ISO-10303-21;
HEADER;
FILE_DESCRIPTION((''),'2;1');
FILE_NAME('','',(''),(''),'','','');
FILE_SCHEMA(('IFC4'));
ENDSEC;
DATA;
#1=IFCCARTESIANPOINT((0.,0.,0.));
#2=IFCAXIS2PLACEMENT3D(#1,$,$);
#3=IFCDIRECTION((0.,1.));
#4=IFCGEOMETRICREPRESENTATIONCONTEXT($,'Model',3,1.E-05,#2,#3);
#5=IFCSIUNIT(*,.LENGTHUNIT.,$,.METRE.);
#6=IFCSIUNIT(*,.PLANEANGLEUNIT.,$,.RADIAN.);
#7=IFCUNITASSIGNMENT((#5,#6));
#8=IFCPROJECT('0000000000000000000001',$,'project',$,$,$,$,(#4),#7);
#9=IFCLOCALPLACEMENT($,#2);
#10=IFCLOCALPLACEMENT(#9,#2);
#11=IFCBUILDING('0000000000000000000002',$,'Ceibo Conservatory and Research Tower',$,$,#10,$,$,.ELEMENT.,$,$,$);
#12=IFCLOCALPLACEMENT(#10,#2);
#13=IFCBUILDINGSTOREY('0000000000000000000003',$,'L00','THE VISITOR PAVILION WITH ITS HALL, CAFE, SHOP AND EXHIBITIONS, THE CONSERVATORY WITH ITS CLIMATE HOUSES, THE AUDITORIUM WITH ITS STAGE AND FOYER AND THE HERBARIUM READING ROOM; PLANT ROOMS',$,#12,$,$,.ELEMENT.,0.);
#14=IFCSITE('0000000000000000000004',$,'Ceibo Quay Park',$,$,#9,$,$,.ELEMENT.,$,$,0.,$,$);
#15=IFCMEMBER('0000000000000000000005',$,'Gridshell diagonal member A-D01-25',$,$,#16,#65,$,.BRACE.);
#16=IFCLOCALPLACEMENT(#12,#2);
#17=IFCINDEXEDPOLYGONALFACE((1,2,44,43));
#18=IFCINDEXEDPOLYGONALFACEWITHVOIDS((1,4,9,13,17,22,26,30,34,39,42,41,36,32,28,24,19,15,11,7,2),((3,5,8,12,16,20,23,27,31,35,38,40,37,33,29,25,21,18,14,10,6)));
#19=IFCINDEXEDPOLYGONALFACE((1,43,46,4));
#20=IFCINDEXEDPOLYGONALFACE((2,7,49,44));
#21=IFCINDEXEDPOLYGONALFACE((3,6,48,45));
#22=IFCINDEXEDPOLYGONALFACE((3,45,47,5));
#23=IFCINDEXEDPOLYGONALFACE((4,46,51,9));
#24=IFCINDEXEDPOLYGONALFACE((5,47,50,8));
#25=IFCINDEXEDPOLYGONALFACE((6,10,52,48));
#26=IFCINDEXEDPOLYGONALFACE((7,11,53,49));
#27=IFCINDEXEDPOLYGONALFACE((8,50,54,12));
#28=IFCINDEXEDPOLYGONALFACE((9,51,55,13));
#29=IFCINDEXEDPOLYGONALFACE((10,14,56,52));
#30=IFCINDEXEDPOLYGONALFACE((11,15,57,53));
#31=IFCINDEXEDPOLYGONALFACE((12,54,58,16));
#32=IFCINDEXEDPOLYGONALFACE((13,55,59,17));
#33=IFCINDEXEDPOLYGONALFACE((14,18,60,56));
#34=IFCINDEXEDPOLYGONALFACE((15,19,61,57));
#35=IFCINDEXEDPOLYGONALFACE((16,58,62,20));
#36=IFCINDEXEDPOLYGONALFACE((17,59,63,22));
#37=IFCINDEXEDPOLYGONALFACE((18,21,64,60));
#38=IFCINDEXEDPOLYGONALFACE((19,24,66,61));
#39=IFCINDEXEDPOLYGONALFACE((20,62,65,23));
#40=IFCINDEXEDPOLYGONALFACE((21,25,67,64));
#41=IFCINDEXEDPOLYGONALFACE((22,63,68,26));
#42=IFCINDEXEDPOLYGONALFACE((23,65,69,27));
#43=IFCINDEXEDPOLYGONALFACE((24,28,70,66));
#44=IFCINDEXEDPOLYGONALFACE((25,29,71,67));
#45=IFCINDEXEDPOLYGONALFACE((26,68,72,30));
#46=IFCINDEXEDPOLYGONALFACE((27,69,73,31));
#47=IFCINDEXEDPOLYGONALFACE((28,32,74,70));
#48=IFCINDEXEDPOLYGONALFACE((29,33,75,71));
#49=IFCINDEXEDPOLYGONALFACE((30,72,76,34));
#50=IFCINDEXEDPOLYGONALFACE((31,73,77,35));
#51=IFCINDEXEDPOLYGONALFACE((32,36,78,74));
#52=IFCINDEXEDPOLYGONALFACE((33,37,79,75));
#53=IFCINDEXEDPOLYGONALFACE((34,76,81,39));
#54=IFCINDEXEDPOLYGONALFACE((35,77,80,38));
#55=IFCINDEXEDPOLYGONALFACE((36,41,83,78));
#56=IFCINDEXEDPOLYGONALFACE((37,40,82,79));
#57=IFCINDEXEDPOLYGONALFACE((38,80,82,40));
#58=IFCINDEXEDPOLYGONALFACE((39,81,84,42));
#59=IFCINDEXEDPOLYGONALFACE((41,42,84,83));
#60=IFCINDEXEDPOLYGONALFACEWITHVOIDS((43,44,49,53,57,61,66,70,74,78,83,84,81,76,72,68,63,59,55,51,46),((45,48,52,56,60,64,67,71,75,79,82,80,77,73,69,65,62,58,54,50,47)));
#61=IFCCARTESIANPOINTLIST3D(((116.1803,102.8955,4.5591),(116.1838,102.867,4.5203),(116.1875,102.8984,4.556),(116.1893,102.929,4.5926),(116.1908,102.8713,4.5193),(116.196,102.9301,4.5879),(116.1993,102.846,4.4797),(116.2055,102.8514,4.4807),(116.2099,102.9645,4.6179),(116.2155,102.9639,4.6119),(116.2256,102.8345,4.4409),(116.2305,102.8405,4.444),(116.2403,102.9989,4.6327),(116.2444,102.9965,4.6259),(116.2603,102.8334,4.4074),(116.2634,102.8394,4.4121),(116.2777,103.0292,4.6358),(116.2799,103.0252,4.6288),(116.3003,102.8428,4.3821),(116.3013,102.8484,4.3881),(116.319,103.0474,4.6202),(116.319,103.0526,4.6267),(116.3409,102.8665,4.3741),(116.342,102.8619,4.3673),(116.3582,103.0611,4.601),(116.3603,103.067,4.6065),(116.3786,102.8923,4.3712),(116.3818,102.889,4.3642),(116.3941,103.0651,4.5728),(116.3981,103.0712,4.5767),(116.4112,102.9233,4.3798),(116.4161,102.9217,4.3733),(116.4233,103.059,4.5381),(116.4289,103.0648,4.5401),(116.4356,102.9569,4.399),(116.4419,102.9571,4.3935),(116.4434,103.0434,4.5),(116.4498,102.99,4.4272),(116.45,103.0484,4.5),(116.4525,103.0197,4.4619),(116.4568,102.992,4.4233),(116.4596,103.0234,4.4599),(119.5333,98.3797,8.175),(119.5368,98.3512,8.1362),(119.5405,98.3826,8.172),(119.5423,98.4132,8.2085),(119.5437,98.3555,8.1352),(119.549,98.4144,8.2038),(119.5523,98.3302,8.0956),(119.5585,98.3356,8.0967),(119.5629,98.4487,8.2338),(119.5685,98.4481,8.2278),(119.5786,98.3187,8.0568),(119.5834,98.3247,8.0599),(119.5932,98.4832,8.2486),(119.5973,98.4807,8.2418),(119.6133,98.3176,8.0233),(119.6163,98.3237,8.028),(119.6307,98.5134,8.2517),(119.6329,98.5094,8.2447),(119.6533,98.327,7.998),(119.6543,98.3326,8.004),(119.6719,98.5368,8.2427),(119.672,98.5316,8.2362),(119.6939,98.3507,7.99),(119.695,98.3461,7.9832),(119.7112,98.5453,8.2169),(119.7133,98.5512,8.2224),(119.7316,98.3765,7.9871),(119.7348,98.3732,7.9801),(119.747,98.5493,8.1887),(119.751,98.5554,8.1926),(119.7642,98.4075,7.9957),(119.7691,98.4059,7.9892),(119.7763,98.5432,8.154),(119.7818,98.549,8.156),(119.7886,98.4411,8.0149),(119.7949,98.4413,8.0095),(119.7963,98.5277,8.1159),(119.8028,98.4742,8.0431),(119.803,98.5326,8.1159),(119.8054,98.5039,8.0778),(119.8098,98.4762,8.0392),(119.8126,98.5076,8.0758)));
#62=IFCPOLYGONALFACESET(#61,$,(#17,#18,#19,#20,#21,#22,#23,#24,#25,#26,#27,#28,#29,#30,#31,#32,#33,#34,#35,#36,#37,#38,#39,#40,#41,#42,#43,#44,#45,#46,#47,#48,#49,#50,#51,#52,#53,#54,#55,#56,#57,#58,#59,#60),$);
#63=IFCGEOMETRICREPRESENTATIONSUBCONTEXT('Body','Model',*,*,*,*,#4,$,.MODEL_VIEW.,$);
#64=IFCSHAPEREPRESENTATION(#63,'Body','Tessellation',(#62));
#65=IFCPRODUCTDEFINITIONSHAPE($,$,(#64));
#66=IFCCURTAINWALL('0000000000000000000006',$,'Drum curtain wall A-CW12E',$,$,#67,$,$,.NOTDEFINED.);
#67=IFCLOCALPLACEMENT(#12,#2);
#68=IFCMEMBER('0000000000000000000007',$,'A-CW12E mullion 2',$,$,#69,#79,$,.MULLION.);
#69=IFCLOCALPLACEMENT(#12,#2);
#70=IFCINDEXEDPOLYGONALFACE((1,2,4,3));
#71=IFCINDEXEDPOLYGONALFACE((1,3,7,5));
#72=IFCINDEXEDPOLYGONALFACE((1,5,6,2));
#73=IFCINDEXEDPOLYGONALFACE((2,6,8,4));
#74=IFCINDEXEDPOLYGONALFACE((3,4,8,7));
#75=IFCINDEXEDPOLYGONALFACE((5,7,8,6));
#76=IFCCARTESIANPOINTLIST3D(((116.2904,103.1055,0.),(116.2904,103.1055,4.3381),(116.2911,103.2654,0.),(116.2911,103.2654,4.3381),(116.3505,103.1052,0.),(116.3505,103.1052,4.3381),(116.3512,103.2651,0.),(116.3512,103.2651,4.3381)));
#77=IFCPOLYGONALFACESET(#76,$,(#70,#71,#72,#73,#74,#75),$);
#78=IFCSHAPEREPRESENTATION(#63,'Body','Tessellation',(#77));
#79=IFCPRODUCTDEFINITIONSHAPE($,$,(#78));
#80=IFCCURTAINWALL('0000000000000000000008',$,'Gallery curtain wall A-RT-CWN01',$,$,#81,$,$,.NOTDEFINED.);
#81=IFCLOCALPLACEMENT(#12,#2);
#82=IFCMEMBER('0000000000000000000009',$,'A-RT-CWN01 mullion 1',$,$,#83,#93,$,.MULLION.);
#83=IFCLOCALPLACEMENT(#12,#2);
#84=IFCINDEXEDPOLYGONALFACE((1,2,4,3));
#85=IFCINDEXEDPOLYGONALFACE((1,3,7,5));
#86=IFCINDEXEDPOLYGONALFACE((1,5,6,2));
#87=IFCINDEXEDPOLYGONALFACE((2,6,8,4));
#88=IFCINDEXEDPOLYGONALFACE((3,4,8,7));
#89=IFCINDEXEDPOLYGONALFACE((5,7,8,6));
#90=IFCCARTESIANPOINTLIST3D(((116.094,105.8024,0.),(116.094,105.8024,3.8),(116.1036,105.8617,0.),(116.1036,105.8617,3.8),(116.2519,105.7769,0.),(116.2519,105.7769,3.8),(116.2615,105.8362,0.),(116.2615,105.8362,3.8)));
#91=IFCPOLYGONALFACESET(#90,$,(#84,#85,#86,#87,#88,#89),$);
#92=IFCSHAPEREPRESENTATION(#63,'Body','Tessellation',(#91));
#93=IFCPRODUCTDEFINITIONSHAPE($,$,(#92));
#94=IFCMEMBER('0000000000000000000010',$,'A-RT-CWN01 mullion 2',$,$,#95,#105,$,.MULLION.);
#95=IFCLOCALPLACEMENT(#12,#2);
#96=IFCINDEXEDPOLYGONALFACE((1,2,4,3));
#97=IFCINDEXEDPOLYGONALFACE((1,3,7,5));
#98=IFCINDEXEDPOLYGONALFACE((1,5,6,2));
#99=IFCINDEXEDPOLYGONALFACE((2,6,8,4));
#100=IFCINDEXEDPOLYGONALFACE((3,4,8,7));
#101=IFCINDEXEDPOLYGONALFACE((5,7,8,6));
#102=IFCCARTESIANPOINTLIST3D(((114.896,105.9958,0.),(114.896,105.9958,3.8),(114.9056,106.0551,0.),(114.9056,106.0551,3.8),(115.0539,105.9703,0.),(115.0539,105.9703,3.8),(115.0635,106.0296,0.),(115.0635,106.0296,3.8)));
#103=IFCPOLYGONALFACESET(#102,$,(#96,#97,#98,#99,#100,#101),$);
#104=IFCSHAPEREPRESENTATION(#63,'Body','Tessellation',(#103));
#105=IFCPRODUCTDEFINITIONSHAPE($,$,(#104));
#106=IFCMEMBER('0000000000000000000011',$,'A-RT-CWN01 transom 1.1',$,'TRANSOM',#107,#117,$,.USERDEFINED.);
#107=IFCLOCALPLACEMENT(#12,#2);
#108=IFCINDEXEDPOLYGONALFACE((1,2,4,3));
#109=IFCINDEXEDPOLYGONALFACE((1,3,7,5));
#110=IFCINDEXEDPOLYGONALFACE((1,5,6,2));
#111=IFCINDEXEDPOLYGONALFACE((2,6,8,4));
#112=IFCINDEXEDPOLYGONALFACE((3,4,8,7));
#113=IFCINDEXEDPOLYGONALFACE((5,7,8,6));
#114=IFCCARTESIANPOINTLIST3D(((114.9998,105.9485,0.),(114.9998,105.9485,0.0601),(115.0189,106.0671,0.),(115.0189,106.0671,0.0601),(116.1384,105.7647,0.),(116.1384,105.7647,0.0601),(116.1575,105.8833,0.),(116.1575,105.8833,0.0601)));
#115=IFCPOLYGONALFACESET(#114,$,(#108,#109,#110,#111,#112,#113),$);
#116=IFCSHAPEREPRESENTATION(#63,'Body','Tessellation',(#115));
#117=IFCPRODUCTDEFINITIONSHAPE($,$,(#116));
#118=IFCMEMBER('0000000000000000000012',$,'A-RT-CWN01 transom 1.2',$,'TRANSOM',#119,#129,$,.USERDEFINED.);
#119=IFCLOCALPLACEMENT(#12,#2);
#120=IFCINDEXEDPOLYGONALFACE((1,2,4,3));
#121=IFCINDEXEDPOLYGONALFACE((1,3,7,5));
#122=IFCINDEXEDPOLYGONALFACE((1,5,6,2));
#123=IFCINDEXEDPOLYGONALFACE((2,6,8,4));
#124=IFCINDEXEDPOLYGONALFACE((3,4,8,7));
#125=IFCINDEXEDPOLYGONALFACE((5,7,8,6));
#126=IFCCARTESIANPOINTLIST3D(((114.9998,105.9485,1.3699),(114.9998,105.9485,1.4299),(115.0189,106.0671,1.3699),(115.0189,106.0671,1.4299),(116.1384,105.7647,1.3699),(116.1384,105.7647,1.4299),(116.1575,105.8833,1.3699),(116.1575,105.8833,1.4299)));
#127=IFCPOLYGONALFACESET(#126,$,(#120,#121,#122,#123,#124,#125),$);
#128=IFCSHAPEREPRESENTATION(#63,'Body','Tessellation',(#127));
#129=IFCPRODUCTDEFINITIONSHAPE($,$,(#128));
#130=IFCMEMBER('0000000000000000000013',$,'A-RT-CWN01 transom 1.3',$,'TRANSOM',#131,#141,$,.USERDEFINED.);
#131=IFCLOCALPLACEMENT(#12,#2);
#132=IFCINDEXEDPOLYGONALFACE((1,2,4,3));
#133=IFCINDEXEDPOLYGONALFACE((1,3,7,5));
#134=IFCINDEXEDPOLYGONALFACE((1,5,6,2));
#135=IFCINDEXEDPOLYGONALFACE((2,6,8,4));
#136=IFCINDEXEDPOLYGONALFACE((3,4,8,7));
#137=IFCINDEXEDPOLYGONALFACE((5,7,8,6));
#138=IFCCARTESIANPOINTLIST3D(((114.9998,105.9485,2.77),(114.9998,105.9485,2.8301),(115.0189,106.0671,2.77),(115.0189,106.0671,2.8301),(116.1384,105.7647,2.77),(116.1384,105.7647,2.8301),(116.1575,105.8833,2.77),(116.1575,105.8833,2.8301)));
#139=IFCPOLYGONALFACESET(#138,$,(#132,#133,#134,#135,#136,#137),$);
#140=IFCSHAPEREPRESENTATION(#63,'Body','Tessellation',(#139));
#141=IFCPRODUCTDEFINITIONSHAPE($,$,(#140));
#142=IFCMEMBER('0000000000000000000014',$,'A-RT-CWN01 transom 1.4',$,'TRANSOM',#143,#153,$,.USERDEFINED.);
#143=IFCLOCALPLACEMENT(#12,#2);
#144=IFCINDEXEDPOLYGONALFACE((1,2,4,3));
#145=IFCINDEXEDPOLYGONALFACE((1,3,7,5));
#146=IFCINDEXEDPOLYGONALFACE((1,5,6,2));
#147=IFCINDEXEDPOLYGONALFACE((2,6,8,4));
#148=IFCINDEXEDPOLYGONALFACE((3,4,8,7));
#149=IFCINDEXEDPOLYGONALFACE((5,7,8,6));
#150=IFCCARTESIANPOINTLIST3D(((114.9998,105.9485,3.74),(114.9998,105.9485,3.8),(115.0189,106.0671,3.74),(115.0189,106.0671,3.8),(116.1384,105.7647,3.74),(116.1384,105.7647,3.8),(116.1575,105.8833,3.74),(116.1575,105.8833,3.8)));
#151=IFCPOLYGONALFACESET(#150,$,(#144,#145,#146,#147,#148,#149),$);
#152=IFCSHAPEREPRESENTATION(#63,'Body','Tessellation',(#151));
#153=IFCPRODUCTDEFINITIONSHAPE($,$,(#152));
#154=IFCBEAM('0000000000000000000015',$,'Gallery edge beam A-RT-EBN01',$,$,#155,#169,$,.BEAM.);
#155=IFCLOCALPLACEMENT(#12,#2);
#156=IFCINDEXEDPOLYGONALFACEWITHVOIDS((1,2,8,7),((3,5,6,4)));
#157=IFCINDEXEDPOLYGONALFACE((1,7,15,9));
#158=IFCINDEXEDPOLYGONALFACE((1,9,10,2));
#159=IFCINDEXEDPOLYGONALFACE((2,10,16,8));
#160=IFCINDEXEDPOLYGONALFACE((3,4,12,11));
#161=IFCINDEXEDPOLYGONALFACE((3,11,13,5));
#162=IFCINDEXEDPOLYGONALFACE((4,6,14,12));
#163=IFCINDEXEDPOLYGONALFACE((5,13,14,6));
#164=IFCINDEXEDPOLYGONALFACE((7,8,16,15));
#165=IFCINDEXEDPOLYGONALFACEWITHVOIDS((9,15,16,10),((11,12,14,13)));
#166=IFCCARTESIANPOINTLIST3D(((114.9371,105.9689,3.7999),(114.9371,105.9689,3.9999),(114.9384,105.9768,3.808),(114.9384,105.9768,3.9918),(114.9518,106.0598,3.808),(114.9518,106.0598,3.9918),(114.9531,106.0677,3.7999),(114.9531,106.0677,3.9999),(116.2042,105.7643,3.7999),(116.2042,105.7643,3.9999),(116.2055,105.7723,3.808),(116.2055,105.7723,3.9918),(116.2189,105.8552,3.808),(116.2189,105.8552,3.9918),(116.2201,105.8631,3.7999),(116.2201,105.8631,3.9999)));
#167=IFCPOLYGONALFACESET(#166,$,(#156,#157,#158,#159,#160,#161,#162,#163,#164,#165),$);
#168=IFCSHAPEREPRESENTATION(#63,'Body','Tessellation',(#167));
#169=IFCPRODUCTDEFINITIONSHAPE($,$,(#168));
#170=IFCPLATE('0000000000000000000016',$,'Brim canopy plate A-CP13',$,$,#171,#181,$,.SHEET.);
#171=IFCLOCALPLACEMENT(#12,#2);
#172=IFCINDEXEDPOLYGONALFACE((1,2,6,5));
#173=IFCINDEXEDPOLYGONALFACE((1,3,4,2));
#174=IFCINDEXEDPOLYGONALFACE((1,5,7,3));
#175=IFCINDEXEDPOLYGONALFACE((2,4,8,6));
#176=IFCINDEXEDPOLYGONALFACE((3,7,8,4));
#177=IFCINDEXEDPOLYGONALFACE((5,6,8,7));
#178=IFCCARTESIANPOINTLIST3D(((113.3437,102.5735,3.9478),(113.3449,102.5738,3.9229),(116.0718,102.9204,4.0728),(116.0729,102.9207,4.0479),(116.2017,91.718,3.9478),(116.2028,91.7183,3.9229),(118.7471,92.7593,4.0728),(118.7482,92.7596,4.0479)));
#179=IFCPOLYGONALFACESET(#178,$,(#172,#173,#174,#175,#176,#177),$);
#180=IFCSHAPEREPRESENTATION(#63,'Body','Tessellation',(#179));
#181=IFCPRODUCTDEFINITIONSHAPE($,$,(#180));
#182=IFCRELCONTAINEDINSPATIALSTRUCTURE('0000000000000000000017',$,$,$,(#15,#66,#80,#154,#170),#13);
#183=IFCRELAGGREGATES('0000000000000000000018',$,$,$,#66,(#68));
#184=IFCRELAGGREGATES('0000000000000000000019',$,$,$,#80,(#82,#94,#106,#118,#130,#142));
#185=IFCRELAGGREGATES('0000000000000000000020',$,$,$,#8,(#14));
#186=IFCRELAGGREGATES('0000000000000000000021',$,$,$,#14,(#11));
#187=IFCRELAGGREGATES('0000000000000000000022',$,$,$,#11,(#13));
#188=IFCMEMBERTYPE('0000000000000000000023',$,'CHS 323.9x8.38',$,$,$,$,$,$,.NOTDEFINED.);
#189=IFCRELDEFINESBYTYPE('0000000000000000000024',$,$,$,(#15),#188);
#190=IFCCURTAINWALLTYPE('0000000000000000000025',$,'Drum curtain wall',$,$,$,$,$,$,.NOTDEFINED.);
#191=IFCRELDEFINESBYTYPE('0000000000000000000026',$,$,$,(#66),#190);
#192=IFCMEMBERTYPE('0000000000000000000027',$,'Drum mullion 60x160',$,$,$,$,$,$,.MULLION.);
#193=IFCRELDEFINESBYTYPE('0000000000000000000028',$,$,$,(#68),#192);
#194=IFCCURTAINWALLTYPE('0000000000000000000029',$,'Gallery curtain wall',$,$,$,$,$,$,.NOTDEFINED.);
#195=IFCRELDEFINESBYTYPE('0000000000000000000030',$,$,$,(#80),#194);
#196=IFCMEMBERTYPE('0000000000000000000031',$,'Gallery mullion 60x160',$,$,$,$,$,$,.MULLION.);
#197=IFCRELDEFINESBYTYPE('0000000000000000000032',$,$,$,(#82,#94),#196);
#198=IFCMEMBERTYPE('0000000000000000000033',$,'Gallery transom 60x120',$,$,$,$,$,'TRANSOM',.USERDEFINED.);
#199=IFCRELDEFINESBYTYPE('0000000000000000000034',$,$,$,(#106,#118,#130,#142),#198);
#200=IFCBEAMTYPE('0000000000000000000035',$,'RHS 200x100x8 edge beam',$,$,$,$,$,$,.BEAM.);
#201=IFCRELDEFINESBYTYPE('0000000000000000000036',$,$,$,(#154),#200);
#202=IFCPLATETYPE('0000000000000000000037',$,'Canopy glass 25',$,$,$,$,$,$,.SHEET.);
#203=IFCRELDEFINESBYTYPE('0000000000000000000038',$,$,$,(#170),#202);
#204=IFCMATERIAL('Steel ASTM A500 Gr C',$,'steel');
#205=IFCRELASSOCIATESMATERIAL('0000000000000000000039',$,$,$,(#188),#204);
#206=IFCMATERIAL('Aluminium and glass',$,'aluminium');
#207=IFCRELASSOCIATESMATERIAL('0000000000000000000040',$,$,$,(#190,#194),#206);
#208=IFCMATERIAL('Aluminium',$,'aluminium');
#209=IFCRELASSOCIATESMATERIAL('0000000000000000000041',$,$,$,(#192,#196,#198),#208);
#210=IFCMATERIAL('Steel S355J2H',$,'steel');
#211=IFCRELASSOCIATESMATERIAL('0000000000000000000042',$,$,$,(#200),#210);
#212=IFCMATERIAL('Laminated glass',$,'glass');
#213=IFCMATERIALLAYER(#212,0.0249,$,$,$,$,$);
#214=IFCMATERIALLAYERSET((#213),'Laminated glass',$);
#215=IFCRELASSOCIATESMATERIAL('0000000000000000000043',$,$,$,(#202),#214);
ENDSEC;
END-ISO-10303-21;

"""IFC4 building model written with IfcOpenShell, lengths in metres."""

from ifc_helpers import new_model, si_unit, direction, frame, origin, origin_2d, place, context, subcontext, project, spatial, polyline, rectangle, hollow_rectangle, hollow_circle, outline, extrude, material, layer, layer_set, material_profile, profile_set, type_object, element, aggregate, save


model = new_model("IFC4")

# Units and contexts
model_context = context("Model", 3, precision=1e-05, world=origin(), true_north=direction((0.0, 1.0)))
body_context = subcontext(model_context, "Body", "Model", "MODEL_VIEW")
ifc_project = project(units=[si_unit("LENGTHUNIT", "METRE"), si_unit("PLANEANGLEUNIT", "RADIAN")], contexts=[model_context])

# Site, building, storey
site_placement = place(None, origin())
site = spatial("IfcSite", under=ifc_project, at=site_placement, Name="Ceibo Quay Park", CompositionType="ELEMENT", RefElevation=0.0)
building_placement = place(site_placement, origin())
building = spatial("IfcBuilding", under=site, at=building_placement, Name="Ceibo Conservatory and Research Tower", CompositionType="ELEMENT")
storey_placement = place(building_placement, origin())
storey = spatial("IfcBuildingStorey", under=building, at=storey_placement, Name="L00", Description="THE VISITOR PAVILION WITH ITS HALL, CAFE, SHOP AND EXHIBITIONS, THE CONSERVATORY WITH ITS CLIMATE HOUSES, THE AUDITORIUM WITH ITS STAGE AND FOYER AND THE HERBARIUM READING ROOM; PLANT ROOMS", CompositionType="ELEMENT", Elevation=0.0)

# Shared definitions
ifc_material_1 = material(Name="Steel ASTM A500 Gr C", Category="steel")

# Member
ifc_material_2 = material(Name="Steel S355J2H", Category="steel")
ifc_material_profile_1 = material_profile(ifc_material_1, hollow_circle(Radius=0.1619, WallThickness=0.0083, at=origin_2d()), Name="CHS 323.9x8.38")
ifc_profile_set_1 = profile_set([ifc_material_profile_1], Name="Steel ASTM A500 Gr C")
member_type_1 = type_object("IfcMemberType", Name="CHS 323.9x8.38", PredefinedType="NOTDEFINED", material=ifc_profile_set_1)
member_1_placement = place(storey_placement, frame((116.3201, 102.9519, 4.5), z_axis=(0.501452, -0.675358, 0.540775), x_axis=(0.802882, 0.596139, 0.0)))
element("IfcMember", 1, at=member_1_placement, inside=storey, type_object=member_type_1, Name="Gridshell diagonal member A-D01-25", PredefinedType="BRACE", context=body_context, shape_type="SweptSolid", body=[
    extrude(hollow_circle(Radius=0.1619, WallThickness=0.0083, at=origin_2d()), origin(), (0.0, 0.0, 1.0), 6.6865),
])

# Curtain wall, member
ifc_material_3 = material(Name="Aluminium and glass", Category="aluminium")
curtain_wall_type_1 = type_object("IfcCurtainWallType", Name="Drum curtain wall", PredefinedType="NOTDEFINED", material=ifc_material_3)
curtain_wall_1_placement = place(storey_placement, origin())
curtain_wall_1 = element("IfcCurtainWall", 2, at=curtain_wall_1_placement, inside=storey, type_object=curtain_wall_type_1, Name="Drum curtain wall A-CW12E", PredefinedType="NOTDEFINED")
ifc_material_4 = material(Name="Aluminium", Category="aluminium")
ifc_material_profile_2 = material_profile(ifc_material_4, rectangle(XDim=0.0601, YDim=0.1599, at=origin_2d()), Name="AL 60x160")
ifc_profile_set_2 = profile_set([ifc_material_profile_2], Name="Aluminium")
member_type_2 = type_object("IfcMemberType", Name="Drum mullion 60x160", PredefinedType="MULLION", material=ifc_profile_set_2)
member_2_placement = place(storey_placement, frame((116.3208, 103.1853, 0.0), z_axis=(0.0, 0.0, 1.0), x_axis=(0.99999, -0.004363, 0.0)))
member_2 = element("IfcMember", 3, at=member_2_placement, type_object=member_type_2, Name="A-CW12E mullion 2", PredefinedType="MULLION", context=body_context, shape_type="SweptSolid", body=[
    extrude(rectangle(XDim=0.0601, YDim=0.1599, at=origin_2d()), origin(), (0.0, 0.0, 1.0), 4.3381),
])
aggregate(curtain_wall_1, [member_2])

# Curtain wall, members
curtain_wall_type_2 = type_object("IfcCurtainWallType", Name="Gallery curtain wall", PredefinedType="NOTDEFINED", material=ifc_material_3)
curtain_wall_2_placement = place(storey_placement, origin())
curtain_wall_2 = element("IfcCurtainWall", 4, at=curtain_wall_2_placement, inside=storey, type_object=curtain_wall_type_2, Name="Gallery curtain wall A-RT-CWN01", PredefinedType="NOTDEFINED")
ifc_material_profile_3 = material_profile(ifc_material_4, rectangle(XDim=0.0601, YDim=0.1599, at=origin_2d()), Name="AL 60x160")
ifc_profile_set_3 = profile_set([ifc_material_profile_3], Name="Aluminium")
member_type_3 = type_object("IfcMemberType", Name="Gallery mullion 60x160", PredefinedType="MULLION", material=ifc_profile_set_3)
member_3_placement = place(storey_placement, frame((116.1777, 105.8193, 0.0), z_axis=(0.0, 0.0, 1.0), x_axis=(-0.159391, -0.987216, 0.0)))
member_3 = element("IfcMember", 5, at=member_3_placement, type_object=member_type_3, Name="A-RT-CWN01 mullion 1", PredefinedType="MULLION", context=body_context, shape_type="SweptSolid", body=[
    extrude(rectangle(XDim=0.0601, YDim=0.1599, at=origin_2d()), origin(), (0.0, 0.0, 1.0), 3.8),
])
member_4_placement = place(storey_placement, frame((114.9797, 106.0127, 0.0), z_axis=(0.0, 0.0, 1.0), x_axis=(-0.159391, -0.987216, 0.0)))
member_4 = element("IfcMember", 6, at=member_4_placement, type_object=member_type_3, Name="A-RT-CWN01 mullion 2", PredefinedType="MULLION", context=body_context, shape_type="SweptSolid", body=[
    extrude(rectangle(XDim=0.0601, YDim=0.1599, at=origin_2d()), origin(), (0.0, 0.0, 1.0), 3.8),
])
ifc_material_profile_4 = material_profile(ifc_material_4, rectangle(XDim=0.1201, YDim=0.0601, at=origin_2d()), Name="AL 60x120")
ifc_profile_set_4 = profile_set([ifc_material_profile_4], Name="Aluminium")
member_type_4 = type_object("IfcMemberType", Name="Gallery transom 60x120", ElementType="TRANSOM", PredefinedType="USERDEFINED", material=ifc_profile_set_4)
member_5_placement = place(storey_placement, frame((116.1479, 105.824, 0.03), z_axis=(-0.987216, 0.159385, 0.0), x_axis=(-0.159385, -0.987216, 0.0)))
member_5 = element("IfcMember", 7, at=member_5_placement, type_object=member_type_4, Name="A-RT-CWN01 transom 1.1", ObjectType="TRANSOM", PredefinedType="USERDEFINED", context=body_context, shape_type="SweptSolid", body=[
    extrude(rectangle(XDim=0.1201, YDim=0.0601, at=origin_2d()), origin(), (0.0, 0.0, 1.0), 1.1533),
])
member_6_placement = place(storey_placement, frame((116.1479, 105.824, 1.3999), z_axis=(-0.987216, 0.159385, 0.0), x_axis=(-0.159385, -0.987216, 0.0)))
member_6 = element("IfcMember", 8, at=member_6_placement, type_object=member_type_4, Name="A-RT-CWN01 transom 1.2", ObjectType="TRANSOM", PredefinedType="USERDEFINED", context=body_context, shape_type="SweptSolid", body=[
    extrude(rectangle(XDim=0.1201, YDim=0.0601, at=origin_2d()), origin(), (0.0, 0.0, 1.0), 1.1533),
])
member_7_placement = place(storey_placement, frame((116.1479, 105.824, 2.8), z_axis=(-0.987216, 0.159385, 0.0), x_axis=(-0.159385, -0.987216, 0.0)))
member_7 = element("IfcMember", 9, at=member_7_placement, type_object=member_type_4, Name="A-RT-CWN01 transom 1.3", ObjectType="TRANSOM", PredefinedType="USERDEFINED", context=body_context, shape_type="SweptSolid", body=[
    extrude(rectangle(XDim=0.1201, YDim=0.0601, at=origin_2d()), origin(), (0.0, 0.0, 1.0), 1.1533),
])
member_8_placement = place(storey_placement, frame((116.1479, 105.824, 3.77), z_axis=(-0.987216, 0.159385, 0.0), x_axis=(-0.159385, -0.987216, 0.0)))
member_8 = element("IfcMember", 10, at=member_8_placement, type_object=member_type_4, Name="A-RT-CWN01 transom 1.4", ObjectType="TRANSOM", PredefinedType="USERDEFINED", context=body_context, shape_type="SweptSolid", body=[
    extrude(rectangle(XDim=0.1201, YDim=0.0601, at=origin_2d()), origin(), (0.0, 0.0, 1.0), 1.1533),
])

# Beam
ifc_material_profile_5 = material_profile(ifc_material_2, hollow_rectangle(XDim=0.1001, YDim=0.2, WallThickness=0.0081, at=origin_2d()), Name="RHS 200x100x8 edge beam")
ifc_profile_set_5 = profile_set([ifc_material_profile_5], Name="Steel S355J2H")
beam_type = type_object("IfcBeamType", Name="RHS 200x100x8 edge beam", PredefinedType="BEAM", material=ifc_profile_set_5)
beam_placement = place(storey_placement, frame((116.2122, 105.8137, 3.8999), z_axis=(-0.987214, 0.1594, 0.0), x_axis=(-0.1594, -0.987214, 0.0)))
element("IfcBeam", 11, at=beam_placement, inside=storey, type_object=beam_type, Name="Gallery edge beam A-RT-EBN01", PredefinedType="BEAM", context=body_context, shape_type="SweptSolid", body=[
    extrude(hollow_rectangle(XDim=0.1001, YDim=0.2, WallThickness=0.0081, at=origin_2d()), origin(), (0.0, 0.0, 1.0), 1.2834),
])

# Plate
ifc_material_5 = material(Name="Laminated glass", Category="glass")
ifc_layer_1 = layer(ifc_material_5, 0.0249)
ifc_layer_set_1 = layer_set([ifc_layer_1], Name="Laminated glass")
plate_type_1 = type_object("IfcPlateType", Name="Canopy glass 25", PredefinedType="SHEET", material=ifc_layer_set_1)
plate_1_placement = place(storey_placement, frame((116.0718, 102.9204, 4.0728), z_axis=(0.044288, 0.01166, -0.998951), x_axis=(0.25461, -0.967044, 0.0)))
element("IfcPlate", 12, at=plate_1_placement, inside=storey, type_object=plate_type_1, Name="Brim canopy plate A-CP13", PredefinedType="SHEET", context=body_context, shape_type="SweptSolid", body=[
    extrude(outline(polyline([(0.0, 0.0), (10.5074, 0.0), (10.8663, 2.7295), (-0.3591, 2.7293), (0.0, 0.0)])), origin(), (0.0, 0.0, 1.0), 0.0249),
])
aggregate(curtain_wall_2, [member_3, member_4, member_5, member_6, member_7, member_8])

save(model, "model.ifc")
